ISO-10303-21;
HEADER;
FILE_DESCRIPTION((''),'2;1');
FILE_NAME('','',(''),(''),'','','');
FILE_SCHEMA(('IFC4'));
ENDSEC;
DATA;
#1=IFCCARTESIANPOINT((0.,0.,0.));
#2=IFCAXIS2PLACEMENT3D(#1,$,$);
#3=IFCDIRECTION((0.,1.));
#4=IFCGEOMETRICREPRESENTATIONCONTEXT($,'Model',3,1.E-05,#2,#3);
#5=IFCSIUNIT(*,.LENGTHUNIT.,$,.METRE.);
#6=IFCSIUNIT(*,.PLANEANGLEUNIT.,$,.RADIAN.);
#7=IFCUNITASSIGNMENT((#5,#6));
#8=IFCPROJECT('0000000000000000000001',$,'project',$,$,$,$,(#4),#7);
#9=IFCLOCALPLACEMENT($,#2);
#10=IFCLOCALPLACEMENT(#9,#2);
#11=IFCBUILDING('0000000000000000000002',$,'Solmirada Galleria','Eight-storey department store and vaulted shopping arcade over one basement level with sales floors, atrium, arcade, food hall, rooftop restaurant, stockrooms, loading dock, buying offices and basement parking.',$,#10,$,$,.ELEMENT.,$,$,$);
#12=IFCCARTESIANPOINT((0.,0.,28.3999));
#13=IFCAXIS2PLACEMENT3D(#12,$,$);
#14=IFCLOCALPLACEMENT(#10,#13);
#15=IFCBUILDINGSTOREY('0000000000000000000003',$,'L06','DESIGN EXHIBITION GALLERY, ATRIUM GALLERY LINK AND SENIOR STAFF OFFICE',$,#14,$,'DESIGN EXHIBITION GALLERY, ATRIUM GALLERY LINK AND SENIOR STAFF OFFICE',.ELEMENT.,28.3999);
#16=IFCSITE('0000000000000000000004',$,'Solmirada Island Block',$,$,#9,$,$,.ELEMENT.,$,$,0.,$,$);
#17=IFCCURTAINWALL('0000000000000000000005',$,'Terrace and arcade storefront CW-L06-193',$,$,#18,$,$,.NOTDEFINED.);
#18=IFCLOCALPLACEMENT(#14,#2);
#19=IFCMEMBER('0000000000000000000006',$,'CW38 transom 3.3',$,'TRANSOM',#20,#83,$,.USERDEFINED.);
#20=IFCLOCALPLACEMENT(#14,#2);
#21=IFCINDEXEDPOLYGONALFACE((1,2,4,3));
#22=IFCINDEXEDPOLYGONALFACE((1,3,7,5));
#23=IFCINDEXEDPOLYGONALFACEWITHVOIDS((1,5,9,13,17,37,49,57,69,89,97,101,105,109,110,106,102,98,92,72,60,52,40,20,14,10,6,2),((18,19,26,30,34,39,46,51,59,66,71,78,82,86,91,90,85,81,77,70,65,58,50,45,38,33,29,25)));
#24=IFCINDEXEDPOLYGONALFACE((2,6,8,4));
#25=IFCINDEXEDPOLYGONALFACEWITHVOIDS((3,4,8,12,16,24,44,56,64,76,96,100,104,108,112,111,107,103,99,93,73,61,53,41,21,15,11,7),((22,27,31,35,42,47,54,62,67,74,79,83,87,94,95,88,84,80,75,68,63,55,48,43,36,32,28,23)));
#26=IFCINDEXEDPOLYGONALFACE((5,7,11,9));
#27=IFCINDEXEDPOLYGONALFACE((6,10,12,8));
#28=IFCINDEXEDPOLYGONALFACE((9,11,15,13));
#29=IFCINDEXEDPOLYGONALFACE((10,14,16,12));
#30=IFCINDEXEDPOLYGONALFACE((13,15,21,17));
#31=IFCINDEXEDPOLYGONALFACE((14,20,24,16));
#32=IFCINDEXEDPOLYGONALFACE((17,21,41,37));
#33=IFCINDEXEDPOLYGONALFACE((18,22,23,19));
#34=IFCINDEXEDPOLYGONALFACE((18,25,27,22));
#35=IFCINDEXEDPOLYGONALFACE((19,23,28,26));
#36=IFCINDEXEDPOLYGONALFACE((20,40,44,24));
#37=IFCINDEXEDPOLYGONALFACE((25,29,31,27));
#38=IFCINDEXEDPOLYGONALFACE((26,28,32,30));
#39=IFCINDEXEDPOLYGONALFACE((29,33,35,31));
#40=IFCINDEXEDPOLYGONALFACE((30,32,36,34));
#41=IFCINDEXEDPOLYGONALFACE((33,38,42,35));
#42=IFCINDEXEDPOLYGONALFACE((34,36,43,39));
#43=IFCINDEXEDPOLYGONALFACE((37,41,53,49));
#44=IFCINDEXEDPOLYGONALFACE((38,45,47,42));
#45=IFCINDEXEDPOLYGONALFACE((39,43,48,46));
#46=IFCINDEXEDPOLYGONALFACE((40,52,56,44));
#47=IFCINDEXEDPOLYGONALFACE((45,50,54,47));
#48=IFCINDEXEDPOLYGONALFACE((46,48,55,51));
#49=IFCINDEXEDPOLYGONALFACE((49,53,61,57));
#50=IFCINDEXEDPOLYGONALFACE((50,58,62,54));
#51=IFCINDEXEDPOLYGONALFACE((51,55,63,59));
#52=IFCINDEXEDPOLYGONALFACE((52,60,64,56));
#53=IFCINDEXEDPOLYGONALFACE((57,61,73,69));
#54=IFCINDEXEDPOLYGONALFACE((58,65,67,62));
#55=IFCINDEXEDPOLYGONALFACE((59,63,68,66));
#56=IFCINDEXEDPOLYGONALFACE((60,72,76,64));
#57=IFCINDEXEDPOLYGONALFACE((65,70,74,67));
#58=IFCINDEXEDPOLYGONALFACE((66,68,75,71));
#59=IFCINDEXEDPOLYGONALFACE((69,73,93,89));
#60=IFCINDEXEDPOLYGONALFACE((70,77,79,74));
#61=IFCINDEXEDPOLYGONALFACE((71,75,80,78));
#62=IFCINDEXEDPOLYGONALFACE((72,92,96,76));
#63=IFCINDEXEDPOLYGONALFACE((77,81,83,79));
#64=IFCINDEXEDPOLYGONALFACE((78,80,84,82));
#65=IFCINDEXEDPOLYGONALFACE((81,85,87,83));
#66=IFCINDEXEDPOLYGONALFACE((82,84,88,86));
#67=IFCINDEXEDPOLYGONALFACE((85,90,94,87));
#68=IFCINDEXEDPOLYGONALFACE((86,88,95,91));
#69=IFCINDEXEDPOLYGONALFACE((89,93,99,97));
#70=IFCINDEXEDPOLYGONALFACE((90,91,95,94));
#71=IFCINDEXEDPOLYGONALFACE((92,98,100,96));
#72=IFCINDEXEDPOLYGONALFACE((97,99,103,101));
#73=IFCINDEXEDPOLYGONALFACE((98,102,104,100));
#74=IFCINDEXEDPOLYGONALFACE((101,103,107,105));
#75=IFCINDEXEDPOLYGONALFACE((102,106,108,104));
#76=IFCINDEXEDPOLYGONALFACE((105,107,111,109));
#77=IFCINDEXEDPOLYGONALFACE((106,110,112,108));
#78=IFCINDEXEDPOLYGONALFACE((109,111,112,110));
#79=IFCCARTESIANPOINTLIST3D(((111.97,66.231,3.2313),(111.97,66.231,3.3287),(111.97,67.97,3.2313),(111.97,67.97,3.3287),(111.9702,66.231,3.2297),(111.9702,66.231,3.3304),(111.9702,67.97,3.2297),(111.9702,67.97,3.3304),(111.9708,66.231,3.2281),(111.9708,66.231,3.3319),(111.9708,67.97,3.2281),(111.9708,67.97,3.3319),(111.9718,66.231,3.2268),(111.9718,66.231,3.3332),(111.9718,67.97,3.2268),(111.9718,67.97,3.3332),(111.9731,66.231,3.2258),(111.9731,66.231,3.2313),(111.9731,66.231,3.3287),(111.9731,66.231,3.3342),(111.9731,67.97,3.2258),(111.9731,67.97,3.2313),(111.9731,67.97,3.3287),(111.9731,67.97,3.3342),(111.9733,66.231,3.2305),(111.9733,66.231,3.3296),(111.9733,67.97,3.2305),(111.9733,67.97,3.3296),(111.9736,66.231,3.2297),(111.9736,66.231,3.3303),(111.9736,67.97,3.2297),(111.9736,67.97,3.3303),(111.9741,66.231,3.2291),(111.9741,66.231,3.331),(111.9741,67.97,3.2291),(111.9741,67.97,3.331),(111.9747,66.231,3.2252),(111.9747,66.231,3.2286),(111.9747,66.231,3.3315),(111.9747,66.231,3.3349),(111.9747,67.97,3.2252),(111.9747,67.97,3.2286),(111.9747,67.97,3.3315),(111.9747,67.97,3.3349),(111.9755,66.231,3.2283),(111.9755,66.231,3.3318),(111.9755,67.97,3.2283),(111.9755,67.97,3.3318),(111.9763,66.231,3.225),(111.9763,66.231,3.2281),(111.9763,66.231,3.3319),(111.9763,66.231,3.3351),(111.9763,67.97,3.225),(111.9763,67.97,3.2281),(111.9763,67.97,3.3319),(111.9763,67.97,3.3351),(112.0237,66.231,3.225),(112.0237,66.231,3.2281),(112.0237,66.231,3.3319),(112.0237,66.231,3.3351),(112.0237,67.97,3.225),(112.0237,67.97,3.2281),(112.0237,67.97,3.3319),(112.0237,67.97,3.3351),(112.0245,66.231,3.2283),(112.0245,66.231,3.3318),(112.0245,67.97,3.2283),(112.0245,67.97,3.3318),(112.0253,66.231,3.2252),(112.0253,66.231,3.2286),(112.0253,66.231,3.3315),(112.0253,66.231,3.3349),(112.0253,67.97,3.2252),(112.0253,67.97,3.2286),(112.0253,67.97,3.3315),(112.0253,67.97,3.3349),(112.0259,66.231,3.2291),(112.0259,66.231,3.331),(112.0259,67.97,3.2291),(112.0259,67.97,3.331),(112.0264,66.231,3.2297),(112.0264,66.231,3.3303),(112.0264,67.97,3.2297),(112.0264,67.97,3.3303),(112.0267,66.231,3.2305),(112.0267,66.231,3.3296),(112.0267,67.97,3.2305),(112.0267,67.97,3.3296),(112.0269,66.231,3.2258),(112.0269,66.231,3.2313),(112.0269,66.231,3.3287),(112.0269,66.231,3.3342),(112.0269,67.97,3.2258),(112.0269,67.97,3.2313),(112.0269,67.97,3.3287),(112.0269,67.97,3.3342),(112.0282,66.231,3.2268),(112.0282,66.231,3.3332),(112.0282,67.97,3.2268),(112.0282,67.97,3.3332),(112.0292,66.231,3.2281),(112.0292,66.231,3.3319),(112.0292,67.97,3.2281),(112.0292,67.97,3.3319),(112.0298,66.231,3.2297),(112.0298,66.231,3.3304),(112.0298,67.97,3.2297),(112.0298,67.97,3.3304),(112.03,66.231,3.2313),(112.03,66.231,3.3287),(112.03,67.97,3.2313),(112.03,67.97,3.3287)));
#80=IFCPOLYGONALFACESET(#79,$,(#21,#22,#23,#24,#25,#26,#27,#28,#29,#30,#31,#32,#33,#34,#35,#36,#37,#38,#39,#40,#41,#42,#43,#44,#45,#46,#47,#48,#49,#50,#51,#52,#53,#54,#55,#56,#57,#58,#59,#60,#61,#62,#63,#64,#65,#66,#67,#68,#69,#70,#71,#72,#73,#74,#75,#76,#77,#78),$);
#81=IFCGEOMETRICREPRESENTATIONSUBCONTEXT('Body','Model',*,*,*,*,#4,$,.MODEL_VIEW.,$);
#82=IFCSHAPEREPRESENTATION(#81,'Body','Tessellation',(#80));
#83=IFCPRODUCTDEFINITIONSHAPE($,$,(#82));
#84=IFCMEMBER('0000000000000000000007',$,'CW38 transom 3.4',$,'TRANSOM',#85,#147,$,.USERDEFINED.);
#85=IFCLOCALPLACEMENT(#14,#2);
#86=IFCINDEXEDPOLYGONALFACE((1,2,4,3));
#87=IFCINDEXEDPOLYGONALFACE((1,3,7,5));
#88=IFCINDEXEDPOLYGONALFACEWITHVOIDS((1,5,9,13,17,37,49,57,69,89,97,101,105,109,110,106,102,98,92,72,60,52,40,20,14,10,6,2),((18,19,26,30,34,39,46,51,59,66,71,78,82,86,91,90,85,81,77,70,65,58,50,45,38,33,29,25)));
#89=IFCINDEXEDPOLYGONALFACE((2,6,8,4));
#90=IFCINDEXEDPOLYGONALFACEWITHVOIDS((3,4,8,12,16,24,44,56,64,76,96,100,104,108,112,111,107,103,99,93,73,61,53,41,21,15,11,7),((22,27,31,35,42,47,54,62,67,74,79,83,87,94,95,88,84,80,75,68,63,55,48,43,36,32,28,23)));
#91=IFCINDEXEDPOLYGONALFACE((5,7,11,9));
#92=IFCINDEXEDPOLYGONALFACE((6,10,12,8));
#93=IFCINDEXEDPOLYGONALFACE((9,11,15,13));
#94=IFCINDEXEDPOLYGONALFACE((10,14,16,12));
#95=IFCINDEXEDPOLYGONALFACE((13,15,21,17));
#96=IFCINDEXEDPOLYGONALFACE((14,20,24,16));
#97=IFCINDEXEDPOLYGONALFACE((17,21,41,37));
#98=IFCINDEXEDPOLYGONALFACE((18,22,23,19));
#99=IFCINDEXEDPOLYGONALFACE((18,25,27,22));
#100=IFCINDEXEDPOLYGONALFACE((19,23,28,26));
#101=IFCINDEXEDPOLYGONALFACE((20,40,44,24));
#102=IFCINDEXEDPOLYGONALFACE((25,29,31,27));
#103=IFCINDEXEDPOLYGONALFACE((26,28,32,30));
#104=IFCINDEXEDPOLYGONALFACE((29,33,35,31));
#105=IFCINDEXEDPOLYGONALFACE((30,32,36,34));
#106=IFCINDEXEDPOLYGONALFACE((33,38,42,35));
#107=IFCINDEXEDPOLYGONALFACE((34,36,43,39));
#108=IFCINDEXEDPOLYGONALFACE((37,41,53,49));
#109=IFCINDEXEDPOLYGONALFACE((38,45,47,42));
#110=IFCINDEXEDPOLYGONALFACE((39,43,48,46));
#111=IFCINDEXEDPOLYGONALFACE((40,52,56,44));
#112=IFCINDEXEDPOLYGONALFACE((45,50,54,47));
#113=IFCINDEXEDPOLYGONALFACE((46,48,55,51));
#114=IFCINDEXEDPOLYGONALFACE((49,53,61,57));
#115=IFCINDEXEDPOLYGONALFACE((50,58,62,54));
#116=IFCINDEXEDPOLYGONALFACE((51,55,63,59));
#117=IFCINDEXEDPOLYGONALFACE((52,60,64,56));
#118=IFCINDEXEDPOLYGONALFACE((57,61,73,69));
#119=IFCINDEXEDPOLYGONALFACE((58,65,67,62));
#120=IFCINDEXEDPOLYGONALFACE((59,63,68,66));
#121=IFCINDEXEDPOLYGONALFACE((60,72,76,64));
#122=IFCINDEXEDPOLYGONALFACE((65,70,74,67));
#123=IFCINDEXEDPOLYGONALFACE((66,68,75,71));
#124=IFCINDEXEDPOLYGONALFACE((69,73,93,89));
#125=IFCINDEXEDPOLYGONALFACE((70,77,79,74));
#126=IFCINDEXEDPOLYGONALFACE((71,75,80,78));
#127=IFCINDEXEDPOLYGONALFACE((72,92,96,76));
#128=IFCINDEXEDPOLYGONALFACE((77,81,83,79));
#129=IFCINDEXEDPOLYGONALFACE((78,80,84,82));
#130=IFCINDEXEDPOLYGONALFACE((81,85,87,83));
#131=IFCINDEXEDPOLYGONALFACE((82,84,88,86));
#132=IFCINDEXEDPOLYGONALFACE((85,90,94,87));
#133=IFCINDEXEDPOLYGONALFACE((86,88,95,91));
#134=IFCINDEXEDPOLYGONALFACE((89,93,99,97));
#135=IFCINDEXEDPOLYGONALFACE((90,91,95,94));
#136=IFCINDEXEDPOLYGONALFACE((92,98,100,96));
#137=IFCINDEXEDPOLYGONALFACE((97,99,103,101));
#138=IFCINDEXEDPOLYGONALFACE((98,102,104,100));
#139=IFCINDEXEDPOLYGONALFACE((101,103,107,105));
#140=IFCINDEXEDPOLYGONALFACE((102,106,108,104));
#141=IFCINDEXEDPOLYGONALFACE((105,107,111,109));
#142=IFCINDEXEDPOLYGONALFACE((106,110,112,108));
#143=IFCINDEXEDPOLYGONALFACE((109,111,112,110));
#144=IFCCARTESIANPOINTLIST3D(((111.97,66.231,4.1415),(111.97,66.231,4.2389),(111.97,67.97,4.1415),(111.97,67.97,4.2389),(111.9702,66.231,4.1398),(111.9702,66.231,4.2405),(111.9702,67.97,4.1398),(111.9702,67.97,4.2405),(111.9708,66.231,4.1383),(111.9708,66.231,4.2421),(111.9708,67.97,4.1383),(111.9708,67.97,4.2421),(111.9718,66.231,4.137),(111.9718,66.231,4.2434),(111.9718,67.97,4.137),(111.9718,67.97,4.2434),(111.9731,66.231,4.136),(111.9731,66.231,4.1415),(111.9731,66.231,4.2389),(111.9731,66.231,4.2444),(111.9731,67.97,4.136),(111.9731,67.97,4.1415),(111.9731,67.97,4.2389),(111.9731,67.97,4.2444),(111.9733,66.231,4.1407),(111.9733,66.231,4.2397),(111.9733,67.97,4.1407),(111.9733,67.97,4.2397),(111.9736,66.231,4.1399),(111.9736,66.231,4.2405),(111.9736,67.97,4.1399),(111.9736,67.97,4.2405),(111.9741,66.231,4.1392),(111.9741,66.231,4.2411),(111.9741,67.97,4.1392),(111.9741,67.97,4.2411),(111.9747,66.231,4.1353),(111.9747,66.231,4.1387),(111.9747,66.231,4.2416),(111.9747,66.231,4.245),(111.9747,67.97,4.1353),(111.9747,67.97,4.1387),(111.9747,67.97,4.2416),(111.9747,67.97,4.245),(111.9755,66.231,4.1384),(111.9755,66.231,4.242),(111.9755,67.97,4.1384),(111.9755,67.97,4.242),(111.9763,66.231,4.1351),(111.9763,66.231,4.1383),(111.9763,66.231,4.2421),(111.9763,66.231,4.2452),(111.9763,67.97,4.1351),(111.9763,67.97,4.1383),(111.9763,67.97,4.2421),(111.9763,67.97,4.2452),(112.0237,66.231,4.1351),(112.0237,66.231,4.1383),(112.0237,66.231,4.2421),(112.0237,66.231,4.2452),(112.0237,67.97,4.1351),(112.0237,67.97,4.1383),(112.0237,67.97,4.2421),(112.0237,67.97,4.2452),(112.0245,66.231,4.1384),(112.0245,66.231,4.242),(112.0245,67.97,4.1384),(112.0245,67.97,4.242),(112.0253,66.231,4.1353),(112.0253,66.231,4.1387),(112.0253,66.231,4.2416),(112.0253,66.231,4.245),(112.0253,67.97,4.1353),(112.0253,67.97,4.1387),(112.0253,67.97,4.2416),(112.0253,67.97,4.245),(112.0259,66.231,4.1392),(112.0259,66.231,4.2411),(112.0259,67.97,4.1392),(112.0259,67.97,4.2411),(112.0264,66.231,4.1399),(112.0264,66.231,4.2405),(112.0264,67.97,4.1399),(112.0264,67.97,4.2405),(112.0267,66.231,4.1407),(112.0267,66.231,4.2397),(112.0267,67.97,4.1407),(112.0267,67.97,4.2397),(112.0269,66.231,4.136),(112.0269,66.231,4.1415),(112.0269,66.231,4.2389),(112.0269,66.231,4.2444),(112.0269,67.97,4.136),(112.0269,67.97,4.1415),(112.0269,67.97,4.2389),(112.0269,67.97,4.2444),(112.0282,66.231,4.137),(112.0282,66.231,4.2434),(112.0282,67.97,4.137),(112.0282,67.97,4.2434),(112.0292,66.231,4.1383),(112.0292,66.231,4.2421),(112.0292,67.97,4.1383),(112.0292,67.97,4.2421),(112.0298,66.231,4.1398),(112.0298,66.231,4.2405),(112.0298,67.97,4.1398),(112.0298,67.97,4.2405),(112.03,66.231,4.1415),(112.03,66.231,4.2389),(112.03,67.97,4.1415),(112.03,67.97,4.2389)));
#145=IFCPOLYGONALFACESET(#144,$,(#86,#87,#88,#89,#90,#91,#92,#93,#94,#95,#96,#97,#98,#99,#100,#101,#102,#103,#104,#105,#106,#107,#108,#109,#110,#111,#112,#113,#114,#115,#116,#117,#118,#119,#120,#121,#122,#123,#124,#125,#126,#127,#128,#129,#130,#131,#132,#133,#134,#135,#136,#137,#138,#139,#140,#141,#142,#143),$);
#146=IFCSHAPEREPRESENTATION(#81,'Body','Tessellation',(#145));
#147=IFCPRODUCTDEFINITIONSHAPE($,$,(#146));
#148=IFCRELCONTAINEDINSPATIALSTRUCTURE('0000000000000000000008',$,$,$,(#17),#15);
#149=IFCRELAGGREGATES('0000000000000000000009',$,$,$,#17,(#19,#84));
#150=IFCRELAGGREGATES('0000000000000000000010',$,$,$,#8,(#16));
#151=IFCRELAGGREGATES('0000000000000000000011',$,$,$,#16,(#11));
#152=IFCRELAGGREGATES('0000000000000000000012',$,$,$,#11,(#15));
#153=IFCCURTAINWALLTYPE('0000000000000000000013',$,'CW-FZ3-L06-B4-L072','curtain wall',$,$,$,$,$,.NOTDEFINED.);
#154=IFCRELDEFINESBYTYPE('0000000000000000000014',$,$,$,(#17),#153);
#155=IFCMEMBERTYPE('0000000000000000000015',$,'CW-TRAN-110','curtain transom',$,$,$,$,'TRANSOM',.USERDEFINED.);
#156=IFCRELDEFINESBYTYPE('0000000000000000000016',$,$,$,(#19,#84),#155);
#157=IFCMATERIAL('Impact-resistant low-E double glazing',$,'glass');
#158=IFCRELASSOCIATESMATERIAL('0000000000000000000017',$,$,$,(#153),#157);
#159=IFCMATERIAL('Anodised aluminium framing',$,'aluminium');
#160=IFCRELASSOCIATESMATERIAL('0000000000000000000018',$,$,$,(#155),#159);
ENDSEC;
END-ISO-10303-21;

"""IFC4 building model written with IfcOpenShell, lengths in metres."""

from ifc_helpers import new_model, si_unit, direction, frame, origin, origin_2d, place, context, subcontext, project, spatial, hollow_rectangle, extrude, material, material_profile, profile_set, type_object, element, aggregate, save


model = new_model("IFC4")

# Units and contexts
model_context = context("Model", 3, precision=1e-05, world=origin(), true_north=direction((0.0, 1.0)))
body_context = subcontext(model_context, "Body", "Model", "MODEL_VIEW")
ifc_project = project(units=[si_unit("LENGTHUNIT", "METRE"), si_unit("PLANEANGLEUNIT", "RADIAN")], contexts=[model_context])

# Site, building, storey
site_placement = place(None, origin())
site = spatial("IfcSite", under=ifc_project, at=site_placement, Name="Solmirada Island Block", CompositionType="ELEMENT", RefElevation=0.0)
building_placement = place(site_placement, origin())
building = spatial("IfcBuilding", under=site, at=building_placement, Name="Solmirada Galleria", Description="Eight-storey department store and vaulted shopping arcade over one basement level with sales floors, atrium, arcade, food hall, rooftop restaurant, stockrooms, loading dock, buying offices and basement parking.", CompositionType="ELEMENT")
storey_placement = place(building_placement, frame((0.0, 0.0, 28.3999)))
storey = spatial("IfcBuildingStorey", under=building, at=storey_placement, Name="L06", Description="DESIGN EXHIBITION GALLERY, ATRIUM GALLERY LINK AND SENIOR STAFF OFFICE", LongName="DESIGN EXHIBITION GALLERY, ATRIUM GALLERY LINK AND SENIOR STAFF OFFICE", CompositionType="ELEMENT", Elevation=28.3999)

# Curtain wall
ifc_material_1 = material(Name="Impact-resistant low-E double glazing", Category="glass")
curtain_wall_type = type_object("IfcCurtainWallType", Name="CW-FZ3-L06-B4-L072", Description="curtain wall", PredefinedType="NOTDEFINED", material=ifc_material_1)
curtain_wall_1_placement = place(storey_placement, origin())
curtain_wall_1 = element("IfcCurtainWall", 1, at=curtain_wall_1_placement, inside=storey, type_object=curtain_wall_type, Name="Terrace and arcade storefront CW-L06-193", PredefinedType="NOTDEFINED")
ifc_material_2 = material(Name="Anodised aluminium framing", Category="aluminium")

# Members
ifc_material_profile_1 = material_profile(ifc_material_2, hollow_rectangle(XDim=0.0601, YDim=0.1101, WallThickness=0.0032, InnerFilletRadius=0.0032, OuterFilletRadius=0.0063, at=origin_2d()), Name="ALU-TRAN-110X60")
ifc_profile_set_1 = profile_set([ifc_material_profile_1], Name="Anodised aluminium framing")
member_type_1 = type_object("IfcMemberType", Name="CW-TRAN-110", Description="curtain transom", ElementType="TRANSOM", PredefinedType="USERDEFINED", material=ifc_profile_set_1)
member_1_placement = place(storey_placement, frame((112.0, 67.97, 3.28), z_axis=(0.0, -1.0, 0.0), x_axis=(1.0, 0.0, 0.0)))
member_1 = element("IfcMember", 2, at=member_1_placement, type_object=member_type_1, Name="CW38 transom 3.3", ObjectType="TRANSOM", PredefinedType="USERDEFINED", context=body_context, shape_type="SweptSolid", body=[
    extrude(hollow_rectangle(XDim=0.0601, YDim=0.1101, WallThickness=0.0032, InnerFilletRadius=0.0032, OuterFilletRadius=0.0063, at=origin_2d()), origin(), (0.0, 0.0, 1.0), 1.739),
])
member_2_placement = place(storey_placement, frame((112.0, 67.97, 4.1902), z_axis=(0.0, -1.0, 0.0), x_axis=(1.0, 0.0, 0.0)))
member_2 = element("IfcMember", 3, at=member_2_placement, type_object=member_type_1, Name="CW38 transom 3.4", ObjectType="TRANSOM", PredefinedType="USERDEFINED", context=body_context, shape_type="SweptSolid", body=[
    extrude(hollow_rectangle(XDim=0.0601, YDim=0.1101, WallThickness=0.0032, InnerFilletRadius=0.0032, OuterFilletRadius=0.0063, at=origin_2d()), origin(), (0.0, 0.0, 1.0), 1.739),
])

aggregate(curtain_wall_1, [member_1, member_2])

save(model, "model.ifc")
